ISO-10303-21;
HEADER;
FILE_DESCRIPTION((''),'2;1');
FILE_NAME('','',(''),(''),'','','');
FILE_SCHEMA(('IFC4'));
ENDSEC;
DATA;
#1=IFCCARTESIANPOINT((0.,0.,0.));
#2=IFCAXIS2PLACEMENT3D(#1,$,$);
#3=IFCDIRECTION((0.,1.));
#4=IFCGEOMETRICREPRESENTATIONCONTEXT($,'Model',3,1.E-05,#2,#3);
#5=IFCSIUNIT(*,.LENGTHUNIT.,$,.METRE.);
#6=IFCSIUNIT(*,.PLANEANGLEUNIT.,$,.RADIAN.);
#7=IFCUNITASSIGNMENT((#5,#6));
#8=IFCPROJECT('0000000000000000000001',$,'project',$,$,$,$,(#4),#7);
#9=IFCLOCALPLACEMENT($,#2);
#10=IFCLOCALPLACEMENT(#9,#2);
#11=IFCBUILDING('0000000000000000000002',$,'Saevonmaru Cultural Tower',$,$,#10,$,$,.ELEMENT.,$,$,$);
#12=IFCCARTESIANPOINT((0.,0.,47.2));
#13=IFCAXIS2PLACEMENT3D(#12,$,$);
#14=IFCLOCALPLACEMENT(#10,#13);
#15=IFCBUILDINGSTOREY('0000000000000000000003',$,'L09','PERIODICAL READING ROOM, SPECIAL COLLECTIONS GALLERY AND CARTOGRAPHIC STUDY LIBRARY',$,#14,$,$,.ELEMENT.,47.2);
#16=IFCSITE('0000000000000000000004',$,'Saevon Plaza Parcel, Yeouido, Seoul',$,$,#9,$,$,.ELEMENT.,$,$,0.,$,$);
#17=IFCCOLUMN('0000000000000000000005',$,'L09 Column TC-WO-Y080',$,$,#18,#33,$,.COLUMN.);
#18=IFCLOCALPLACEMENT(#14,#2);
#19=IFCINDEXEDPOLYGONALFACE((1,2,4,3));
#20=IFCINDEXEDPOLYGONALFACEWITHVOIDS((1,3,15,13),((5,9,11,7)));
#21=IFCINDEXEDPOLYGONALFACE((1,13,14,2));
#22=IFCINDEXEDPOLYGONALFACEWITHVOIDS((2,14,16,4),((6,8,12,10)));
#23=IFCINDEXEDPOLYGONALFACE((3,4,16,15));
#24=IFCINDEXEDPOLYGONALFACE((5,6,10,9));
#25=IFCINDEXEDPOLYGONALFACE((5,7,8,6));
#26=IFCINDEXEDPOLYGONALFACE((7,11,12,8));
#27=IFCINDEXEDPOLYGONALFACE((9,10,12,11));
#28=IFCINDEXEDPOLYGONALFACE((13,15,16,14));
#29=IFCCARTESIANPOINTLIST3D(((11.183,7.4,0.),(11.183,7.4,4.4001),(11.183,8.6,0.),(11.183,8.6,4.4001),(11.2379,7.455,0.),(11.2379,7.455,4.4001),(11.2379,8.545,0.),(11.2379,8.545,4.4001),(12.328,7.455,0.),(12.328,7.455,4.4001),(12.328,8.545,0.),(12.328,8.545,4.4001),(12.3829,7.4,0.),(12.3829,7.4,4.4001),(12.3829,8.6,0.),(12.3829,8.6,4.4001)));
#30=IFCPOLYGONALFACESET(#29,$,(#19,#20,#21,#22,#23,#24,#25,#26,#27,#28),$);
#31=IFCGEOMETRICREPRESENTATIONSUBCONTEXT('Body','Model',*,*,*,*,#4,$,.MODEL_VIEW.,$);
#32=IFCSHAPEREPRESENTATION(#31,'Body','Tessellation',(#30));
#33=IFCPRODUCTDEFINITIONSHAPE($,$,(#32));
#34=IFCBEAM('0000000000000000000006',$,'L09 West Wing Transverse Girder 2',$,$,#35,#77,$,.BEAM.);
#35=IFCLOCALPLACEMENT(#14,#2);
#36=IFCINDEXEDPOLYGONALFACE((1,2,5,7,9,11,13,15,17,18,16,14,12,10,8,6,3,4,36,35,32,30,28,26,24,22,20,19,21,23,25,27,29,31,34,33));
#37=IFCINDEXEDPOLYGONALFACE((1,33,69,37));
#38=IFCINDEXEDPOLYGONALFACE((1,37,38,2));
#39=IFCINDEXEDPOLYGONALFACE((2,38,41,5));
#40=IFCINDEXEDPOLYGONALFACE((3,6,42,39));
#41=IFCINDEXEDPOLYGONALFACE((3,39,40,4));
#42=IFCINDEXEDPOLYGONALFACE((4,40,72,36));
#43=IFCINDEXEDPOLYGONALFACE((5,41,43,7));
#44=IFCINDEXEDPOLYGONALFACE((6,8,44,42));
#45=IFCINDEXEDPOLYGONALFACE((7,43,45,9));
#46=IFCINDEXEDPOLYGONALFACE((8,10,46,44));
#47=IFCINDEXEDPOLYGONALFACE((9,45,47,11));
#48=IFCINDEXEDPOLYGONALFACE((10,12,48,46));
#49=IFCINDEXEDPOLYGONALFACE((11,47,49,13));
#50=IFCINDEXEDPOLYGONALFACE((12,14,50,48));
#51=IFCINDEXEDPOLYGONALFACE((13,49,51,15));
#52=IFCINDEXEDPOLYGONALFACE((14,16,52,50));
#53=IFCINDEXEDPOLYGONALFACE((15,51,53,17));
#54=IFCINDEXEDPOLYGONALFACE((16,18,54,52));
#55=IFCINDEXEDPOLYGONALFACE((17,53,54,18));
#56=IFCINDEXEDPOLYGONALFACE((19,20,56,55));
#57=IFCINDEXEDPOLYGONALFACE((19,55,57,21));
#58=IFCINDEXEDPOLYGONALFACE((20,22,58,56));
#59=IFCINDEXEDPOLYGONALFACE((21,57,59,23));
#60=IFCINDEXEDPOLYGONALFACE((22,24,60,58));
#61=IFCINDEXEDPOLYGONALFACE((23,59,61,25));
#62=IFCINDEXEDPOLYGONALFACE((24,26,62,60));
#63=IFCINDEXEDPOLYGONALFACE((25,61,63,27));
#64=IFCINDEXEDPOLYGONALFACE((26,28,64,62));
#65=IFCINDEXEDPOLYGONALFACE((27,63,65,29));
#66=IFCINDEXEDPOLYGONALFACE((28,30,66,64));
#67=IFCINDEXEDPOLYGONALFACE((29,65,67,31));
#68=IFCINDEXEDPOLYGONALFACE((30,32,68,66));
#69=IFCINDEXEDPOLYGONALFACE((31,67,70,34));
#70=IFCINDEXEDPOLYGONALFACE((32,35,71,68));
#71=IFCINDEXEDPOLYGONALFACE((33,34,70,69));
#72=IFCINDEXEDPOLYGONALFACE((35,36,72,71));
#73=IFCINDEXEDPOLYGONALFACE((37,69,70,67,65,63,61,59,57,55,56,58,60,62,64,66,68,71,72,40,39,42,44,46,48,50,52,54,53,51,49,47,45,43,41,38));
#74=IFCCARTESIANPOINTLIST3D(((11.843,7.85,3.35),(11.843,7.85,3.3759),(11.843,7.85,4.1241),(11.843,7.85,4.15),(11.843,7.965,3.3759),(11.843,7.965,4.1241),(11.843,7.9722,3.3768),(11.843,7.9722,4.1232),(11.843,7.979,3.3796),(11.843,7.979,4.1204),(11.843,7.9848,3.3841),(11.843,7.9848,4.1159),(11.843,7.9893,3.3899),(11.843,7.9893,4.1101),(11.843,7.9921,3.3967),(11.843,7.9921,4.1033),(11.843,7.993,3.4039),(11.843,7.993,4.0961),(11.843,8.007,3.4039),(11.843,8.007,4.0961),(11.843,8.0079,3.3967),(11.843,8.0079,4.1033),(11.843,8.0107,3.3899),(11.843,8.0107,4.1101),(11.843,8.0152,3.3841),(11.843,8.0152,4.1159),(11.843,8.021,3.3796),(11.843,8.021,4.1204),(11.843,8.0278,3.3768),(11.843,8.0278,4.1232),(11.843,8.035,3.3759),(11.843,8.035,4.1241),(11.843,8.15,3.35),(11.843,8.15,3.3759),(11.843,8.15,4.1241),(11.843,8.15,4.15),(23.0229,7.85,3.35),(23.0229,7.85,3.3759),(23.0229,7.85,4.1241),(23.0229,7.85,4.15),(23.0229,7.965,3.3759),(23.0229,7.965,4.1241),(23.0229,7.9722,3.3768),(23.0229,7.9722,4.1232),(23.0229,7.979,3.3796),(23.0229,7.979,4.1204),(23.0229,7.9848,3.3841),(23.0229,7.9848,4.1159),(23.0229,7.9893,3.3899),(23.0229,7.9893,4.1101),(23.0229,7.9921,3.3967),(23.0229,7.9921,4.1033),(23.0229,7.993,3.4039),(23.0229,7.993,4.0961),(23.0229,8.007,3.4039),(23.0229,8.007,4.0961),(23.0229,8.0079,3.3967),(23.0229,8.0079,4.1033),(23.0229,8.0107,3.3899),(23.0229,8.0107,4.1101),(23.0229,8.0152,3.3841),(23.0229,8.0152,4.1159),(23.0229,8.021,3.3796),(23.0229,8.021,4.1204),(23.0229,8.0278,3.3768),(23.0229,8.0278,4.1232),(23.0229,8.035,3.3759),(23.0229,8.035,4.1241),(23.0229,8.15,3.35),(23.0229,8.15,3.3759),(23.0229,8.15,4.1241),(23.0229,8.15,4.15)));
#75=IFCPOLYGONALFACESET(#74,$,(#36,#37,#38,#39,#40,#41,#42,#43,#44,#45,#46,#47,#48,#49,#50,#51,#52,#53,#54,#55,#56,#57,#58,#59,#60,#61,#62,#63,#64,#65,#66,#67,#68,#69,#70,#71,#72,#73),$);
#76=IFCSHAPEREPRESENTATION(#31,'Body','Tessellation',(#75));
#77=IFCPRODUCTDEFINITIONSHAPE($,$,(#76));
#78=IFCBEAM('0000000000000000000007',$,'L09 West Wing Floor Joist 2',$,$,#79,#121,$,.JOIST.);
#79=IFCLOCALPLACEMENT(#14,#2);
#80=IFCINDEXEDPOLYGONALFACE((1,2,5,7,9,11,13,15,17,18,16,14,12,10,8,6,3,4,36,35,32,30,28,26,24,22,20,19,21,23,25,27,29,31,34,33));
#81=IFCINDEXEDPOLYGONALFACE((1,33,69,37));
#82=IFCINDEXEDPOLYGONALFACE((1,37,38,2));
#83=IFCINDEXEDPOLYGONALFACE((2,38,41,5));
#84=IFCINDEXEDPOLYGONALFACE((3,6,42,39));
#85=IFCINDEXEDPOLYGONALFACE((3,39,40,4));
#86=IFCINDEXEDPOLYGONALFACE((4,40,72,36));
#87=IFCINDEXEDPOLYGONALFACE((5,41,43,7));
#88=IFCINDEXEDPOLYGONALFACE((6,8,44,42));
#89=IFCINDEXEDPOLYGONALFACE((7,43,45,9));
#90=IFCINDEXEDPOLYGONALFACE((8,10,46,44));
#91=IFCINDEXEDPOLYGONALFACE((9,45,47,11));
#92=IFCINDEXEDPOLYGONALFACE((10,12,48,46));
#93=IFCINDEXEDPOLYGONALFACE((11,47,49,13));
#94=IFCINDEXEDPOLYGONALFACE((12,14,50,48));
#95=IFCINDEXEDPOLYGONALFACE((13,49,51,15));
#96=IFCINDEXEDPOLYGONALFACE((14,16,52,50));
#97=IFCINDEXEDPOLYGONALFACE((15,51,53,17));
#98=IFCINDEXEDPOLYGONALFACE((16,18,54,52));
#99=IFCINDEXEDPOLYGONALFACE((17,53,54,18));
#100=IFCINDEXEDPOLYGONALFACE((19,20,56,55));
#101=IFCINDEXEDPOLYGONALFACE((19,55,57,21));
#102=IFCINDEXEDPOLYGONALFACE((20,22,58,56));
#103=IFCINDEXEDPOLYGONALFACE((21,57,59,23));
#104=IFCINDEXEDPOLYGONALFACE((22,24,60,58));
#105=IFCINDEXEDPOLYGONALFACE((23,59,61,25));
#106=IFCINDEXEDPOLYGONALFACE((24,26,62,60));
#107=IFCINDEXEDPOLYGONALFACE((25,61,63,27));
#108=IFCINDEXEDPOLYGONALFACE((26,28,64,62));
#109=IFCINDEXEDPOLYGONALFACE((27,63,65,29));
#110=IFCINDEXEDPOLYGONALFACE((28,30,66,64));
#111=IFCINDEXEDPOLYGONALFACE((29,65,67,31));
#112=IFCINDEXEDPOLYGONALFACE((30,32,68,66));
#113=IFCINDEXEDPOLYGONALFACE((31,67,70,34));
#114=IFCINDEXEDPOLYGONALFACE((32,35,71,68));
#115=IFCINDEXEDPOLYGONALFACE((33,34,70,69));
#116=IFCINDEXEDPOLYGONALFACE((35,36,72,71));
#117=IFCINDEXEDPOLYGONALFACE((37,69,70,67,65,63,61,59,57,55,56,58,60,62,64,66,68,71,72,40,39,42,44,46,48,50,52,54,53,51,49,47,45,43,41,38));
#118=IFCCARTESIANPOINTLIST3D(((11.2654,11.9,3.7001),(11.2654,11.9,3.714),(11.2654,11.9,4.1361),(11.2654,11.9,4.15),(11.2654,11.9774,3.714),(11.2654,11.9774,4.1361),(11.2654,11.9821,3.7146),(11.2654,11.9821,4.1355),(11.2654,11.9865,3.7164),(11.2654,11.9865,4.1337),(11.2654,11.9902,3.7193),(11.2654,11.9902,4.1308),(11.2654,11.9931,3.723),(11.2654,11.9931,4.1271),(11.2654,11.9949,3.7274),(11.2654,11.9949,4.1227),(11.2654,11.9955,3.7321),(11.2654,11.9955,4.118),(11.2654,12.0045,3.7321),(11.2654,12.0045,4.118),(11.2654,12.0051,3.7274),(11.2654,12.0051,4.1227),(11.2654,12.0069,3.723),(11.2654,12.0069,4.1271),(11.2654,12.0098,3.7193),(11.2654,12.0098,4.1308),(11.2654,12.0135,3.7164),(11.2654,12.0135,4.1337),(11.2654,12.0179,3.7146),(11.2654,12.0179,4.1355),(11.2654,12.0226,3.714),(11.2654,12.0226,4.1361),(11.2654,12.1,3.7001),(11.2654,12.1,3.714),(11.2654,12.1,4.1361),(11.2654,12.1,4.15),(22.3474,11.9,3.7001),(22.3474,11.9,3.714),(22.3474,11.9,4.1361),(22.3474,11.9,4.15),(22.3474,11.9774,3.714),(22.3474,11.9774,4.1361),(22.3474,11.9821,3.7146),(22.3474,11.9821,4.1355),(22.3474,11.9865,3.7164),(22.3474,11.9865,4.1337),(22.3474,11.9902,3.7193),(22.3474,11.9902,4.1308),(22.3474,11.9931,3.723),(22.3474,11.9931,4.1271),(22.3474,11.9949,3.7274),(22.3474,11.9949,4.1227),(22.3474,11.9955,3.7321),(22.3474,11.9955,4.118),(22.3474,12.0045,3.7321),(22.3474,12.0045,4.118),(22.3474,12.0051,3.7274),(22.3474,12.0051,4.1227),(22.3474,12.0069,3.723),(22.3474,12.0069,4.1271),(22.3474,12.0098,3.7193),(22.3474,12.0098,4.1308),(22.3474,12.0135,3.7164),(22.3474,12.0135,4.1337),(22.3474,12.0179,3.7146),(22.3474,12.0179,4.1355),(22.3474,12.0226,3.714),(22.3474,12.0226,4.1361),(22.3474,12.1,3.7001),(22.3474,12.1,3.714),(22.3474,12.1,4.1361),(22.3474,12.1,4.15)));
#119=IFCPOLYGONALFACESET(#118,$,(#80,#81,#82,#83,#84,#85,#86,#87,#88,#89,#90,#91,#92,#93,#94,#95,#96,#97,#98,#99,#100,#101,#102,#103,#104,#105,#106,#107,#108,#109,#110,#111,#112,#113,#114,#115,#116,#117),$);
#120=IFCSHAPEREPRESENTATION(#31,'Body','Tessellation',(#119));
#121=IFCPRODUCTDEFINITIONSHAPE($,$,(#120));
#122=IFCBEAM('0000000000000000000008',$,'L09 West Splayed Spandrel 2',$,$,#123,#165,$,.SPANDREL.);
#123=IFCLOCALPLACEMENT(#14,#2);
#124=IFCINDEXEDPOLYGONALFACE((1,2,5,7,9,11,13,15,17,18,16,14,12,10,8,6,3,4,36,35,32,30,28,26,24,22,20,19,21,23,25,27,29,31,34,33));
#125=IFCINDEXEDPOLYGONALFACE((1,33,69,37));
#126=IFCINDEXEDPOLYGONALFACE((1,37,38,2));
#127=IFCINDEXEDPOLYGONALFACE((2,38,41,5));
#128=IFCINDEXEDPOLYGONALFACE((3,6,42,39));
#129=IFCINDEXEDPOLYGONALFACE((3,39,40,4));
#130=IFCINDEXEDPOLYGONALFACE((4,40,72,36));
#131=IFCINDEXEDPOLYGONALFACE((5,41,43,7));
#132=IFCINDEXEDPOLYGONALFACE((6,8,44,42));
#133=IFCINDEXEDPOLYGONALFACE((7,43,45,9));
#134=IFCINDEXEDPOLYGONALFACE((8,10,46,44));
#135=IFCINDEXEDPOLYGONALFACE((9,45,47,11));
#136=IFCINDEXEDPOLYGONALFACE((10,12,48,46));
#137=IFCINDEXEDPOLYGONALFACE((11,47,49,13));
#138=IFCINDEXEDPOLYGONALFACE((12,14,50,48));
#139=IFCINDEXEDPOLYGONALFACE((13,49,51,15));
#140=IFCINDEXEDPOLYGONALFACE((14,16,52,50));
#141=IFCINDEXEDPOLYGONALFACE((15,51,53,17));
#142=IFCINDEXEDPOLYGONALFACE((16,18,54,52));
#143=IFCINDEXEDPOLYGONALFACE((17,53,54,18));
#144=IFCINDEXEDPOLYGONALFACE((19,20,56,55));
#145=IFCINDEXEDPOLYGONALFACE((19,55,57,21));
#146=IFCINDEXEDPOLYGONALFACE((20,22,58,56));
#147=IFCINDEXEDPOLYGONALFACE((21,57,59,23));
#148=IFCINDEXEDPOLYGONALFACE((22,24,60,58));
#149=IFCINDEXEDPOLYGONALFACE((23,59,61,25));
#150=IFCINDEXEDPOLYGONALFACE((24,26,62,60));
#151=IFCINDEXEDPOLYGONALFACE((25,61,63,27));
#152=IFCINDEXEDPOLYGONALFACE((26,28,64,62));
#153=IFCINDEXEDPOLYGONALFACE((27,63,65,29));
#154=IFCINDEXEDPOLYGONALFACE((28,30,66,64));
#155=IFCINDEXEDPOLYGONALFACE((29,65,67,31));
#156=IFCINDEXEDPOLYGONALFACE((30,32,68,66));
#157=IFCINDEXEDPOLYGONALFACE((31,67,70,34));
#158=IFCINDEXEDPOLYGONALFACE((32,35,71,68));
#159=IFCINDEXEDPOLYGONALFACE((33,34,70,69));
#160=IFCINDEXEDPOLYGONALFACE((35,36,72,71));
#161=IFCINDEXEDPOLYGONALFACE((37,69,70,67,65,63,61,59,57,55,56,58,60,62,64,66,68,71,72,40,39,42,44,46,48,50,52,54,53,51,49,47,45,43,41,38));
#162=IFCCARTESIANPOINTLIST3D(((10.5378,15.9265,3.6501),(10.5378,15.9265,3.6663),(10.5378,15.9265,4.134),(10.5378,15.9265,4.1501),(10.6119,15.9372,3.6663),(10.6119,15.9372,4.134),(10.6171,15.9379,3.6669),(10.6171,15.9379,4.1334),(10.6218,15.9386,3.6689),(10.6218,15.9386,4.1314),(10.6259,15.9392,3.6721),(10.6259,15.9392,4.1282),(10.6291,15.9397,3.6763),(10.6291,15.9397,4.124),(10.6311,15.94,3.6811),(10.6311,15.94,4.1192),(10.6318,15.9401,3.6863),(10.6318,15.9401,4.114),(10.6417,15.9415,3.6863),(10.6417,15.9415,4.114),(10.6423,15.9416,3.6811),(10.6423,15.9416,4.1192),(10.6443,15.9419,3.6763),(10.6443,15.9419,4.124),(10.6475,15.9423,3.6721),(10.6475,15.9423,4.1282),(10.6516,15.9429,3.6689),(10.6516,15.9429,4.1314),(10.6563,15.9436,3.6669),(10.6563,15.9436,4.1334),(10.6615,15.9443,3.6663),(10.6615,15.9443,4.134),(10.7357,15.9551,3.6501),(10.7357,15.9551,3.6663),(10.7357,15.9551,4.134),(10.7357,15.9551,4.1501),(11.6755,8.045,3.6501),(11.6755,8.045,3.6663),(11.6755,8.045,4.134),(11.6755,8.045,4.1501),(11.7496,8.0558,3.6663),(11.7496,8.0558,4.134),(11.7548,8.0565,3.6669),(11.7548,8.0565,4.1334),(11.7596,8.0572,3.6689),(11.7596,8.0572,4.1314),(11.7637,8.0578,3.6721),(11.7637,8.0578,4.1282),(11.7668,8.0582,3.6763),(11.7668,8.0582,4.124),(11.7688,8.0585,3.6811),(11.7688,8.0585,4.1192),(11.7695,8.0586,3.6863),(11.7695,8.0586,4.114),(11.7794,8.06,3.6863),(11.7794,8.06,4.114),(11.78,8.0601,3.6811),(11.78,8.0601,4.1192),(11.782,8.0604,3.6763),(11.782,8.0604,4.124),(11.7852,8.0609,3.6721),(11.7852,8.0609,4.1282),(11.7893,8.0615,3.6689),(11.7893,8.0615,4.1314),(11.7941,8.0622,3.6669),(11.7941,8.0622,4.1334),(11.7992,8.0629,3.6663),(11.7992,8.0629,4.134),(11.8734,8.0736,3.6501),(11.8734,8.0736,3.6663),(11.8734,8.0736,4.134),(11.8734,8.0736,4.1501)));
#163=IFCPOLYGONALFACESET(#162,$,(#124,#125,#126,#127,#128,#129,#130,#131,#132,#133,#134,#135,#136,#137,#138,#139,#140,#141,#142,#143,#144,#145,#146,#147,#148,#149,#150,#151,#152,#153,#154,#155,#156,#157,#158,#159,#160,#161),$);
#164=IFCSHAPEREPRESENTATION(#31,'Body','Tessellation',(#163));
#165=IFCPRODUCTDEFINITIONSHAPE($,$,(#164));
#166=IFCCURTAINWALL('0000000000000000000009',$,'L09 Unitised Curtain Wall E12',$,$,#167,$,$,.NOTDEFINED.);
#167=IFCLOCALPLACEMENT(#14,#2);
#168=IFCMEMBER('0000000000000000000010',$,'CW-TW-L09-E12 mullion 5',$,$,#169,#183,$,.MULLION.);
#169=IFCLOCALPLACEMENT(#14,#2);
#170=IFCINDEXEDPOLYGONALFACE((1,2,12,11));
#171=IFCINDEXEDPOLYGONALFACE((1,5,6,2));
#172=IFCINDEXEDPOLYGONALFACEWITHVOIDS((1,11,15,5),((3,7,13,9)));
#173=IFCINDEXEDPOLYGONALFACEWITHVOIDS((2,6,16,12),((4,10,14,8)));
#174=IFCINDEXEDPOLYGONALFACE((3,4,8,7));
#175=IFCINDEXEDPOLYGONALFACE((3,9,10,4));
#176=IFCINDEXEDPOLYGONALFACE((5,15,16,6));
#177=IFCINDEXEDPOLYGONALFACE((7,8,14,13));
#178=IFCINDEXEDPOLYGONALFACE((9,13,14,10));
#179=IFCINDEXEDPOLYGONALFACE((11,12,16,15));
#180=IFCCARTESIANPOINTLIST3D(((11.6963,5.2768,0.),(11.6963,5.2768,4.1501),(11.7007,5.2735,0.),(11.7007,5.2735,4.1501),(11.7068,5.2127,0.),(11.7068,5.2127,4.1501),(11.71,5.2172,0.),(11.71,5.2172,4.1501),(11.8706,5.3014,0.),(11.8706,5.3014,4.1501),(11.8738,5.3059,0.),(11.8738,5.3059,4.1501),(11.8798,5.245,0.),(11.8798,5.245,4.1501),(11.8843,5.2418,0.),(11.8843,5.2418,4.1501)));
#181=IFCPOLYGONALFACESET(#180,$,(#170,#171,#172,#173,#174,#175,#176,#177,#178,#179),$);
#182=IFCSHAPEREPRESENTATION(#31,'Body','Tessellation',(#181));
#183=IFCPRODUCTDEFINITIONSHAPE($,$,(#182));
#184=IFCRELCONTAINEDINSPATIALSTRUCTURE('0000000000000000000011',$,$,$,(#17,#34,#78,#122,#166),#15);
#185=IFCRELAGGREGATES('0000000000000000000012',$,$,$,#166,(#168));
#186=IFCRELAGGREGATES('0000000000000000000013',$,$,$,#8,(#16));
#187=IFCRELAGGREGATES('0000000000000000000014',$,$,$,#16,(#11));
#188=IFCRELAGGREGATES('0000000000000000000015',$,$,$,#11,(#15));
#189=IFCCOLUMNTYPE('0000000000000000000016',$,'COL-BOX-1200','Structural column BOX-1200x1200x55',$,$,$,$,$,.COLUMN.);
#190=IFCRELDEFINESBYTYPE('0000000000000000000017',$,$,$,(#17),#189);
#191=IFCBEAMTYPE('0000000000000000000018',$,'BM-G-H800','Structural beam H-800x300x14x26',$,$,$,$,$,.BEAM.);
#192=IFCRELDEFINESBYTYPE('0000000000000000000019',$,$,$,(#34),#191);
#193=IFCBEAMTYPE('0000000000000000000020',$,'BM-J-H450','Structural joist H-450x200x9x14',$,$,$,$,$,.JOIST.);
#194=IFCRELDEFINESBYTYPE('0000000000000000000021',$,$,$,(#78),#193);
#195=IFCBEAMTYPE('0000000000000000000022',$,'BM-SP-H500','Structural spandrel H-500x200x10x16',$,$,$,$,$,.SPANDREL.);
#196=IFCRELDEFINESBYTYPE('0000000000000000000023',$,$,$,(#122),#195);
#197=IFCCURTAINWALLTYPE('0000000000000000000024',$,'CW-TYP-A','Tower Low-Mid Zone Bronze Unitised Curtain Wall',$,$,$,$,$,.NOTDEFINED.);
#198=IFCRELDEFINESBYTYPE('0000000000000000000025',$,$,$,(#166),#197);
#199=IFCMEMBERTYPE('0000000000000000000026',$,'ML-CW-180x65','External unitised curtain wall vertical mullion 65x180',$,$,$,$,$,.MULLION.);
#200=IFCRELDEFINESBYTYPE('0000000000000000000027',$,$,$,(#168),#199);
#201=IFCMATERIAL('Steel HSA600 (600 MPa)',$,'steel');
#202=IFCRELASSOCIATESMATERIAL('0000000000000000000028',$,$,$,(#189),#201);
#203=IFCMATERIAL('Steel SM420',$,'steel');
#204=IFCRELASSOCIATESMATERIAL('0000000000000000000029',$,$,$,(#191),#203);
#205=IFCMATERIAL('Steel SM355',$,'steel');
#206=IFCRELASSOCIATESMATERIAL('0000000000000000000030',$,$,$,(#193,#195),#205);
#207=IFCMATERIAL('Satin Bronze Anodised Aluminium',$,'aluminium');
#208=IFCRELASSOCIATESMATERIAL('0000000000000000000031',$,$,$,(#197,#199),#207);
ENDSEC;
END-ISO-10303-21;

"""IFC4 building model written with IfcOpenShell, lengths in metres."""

from ifc_helpers import new_model, si_unit, direction, frame, origin, origin_2d, place, context, subcontext, project, spatial, hollow_rectangle, i_section, extrude, material, material_profile, profile_set, type_object, element, aggregate, save


model = new_model("IFC4")

# Units and contexts
model_context = context("Model", 3, precision=1e-05, world=origin(), true_north=direction((0.0, 1.0)))
body_context = subcontext(model_context, "Body", "Model", "MODEL_VIEW")
ifc_project = project(units=[si_unit("LENGTHUNIT", "METRE"), si_unit("PLANEANGLEUNIT", "RADIAN")], contexts=[model_context])

# Site, building, storey
site_placement = place(None, origin())
site = spatial("IfcSite", under=ifc_project, at=site_placement, Name="Saevon Plaza Parcel, Yeouido, Seoul", CompositionType="ELEMENT", RefElevation=0.0)
building_placement = place(site_placement, origin())
building = spatial("IfcBuilding", under=site, at=building_placement, Name="Saevonmaru Cultural Tower", CompositionType="ELEMENT")
storey_placement = place(building_placement, frame((0.0, 0.0, 47.2)))
storey = spatial("IfcBuildingStorey", under=building, at=storey_placement, Name="L09", Description="PERIODICAL READING ROOM, SPECIAL COLLECTIONS GALLERY AND CARTOGRAPHIC STUDY LIBRARY", CompositionType="ELEMENT", Elevation=47.2)

# Column
ifc_material_1 = material(Name="Steel HSA600 (600 MPa)", Category="steel")
ifc_material_profile_1 = material_profile(ifc_material_1, hollow_rectangle(XDim=1.2, YDim=1.2, WallThickness=0.0549, at=origin_2d()), Name="BOX-1200x1200x55")
ifc_profile_set_1 = profile_set([ifc_material_profile_1], Name="Steel HSA600 (600 MPa)")
column_type = type_object("IfcColumnType", Name="COL-BOX-1200", Description="Structural column BOX-1200x1200x55", PredefinedType="COLUMN", material=ifc_profile_set_1)
column_placement = place(storey_placement, frame((11.783, 8.0, 0.0), z_axis=(0.0, 0.0, 1.0), x_axis=(1.0, 0.0, 0.0)))
element("IfcColumn", 1, at=column_placement, inside=storey, type_object=column_type, Name="L09 Column TC-WO-Y080", PredefinedType="COLUMN", context=body_context, shape_type="SweptSolid", body=[
    extrude(hollow_rectangle(XDim=1.2, YDim=1.2, WallThickness=0.0549, at=origin_2d()), origin(), (0.0, 0.0, 1.0), 4.4001),
])

# Beams
ifc_material_2 = material(Name="Steel SM420", Category="steel")
ifc_material_profile_2 = material_profile(ifc_material_2, i_section(OverallWidth=0.3, OverallDepth=0.8, WebThickness=0.0139, FlangeThickness=0.0259, FilletRadius=0.0281, at=origin_2d()), Name="H-800x300x14x26")
ifc_profile_set_2 = profile_set([ifc_material_profile_2], Name="Steel SM420")
beam_type_1 = type_object("IfcBeamType", Name="BM-G-H800", Description="Structural beam H-800x300x14x26", PredefinedType="BEAM", material=ifc_profile_set_2)
beam_1_placement = place(storey_placement, frame((11.843, 8.0, 3.75), z_axis=(1.0, 0.0, 0.0), x_axis=(0.0, 1.0, 0.0)))
element("IfcBeam", 2, at=beam_1_placement, inside=storey, type_object=beam_type_1, Name="L09 West Wing Transverse Girder 2", PredefinedType="BEAM", context=body_context, shape_type="SweptSolid", body=[
    extrude(i_section(OverallWidth=0.3, OverallDepth=0.8, WebThickness=0.0139, FlangeThickness=0.0259, FilletRadius=0.0281, at=origin_2d()), origin(), (0.0, 0.0, 1.0), 11.1799),
])
ifc_material_3 = material(Name="Steel SM355", Category="steel")
ifc_material_profile_3 = material_profile(ifc_material_3, i_section(OverallWidth=0.2, OverallDepth=0.45, WebThickness=0.009, FlangeThickness=0.0139, FilletRadius=0.0181, at=origin_2d()), Name="H-450x200x9x14")
ifc_profile_set_3 = profile_set([ifc_material_profile_3], Name="Steel SM355")
beam_type_2 = type_object("IfcBeamType", Name="BM-J-H450", Description="Structural joist H-450x200x9x14", PredefinedType="JOIST", material=ifc_profile_set_3)
beam_2_placement = place(storey_placement, frame((11.2654, 12.0, 3.925), z_axis=(1.0, 0.0, 0.0), x_axis=(0.0, 1.0, 0.0)))
element("IfcBeam", 3, at=beam_2_placement, inside=storey, type_object=beam_type_2, Name="L09 West Wing Floor Joist 2", PredefinedType="JOIST", context=body_context, shape_type="SweptSolid", body=[
    extrude(i_section(OverallWidth=0.2, OverallDepth=0.45, WebThickness=0.009, FlangeThickness=0.0139, FilletRadius=0.0181, at=origin_2d()), origin(), (0.0, 0.0, 1.0), 11.082),
])
ifc_material_profile_4 = material_profile(ifc_material_3, i_section(OverallWidth=0.2, OverallDepth=0.5, WebThickness=0.01, FlangeThickness=0.0161, FilletRadius=0.02, at=origin_2d()), Name="H-500x200x10x16")
ifc_profile_set_4 = profile_set([ifc_material_profile_4], Name="Steel SM355")
beam_type_3 = type_object("IfcBeamType", Name="BM-SP-H500", Description="Structural spandrel H-500x200x10x16", PredefinedType="SPANDREL", material=ifc_profile_set_4)
beam_3_placement = place(storey_placement, frame((11.7744, 8.0593, 3.9001), z_axis=(-0.142872, 0.989741, 0.0), x_axis=(-0.989741, -0.142872, 0.0)))
element("IfcBeam", 4, at=beam_3_placement, inside=storey, type_object=beam_type_3, Name="L09 West Splayed Spandrel 2", PredefinedType="SPANDREL", context=body_context, shape_type="SweptSolid", body=[
    extrude(i_section(OverallWidth=0.2, OverallDepth=0.5, WebThickness=0.01, FlangeThickness=0.0161, FilletRadius=0.02, at=origin_2d()), origin(), (0.0, 0.0, 1.0), 7.9631),
])

# Curtain wall, member
ifc_material_4 = material(Name="Satin Bronze Anodised Aluminium", Category="aluminium")
curtain_wall_type = type_object("IfcCurtainWallType", Name="CW-TYP-A", Description="Tower Low-Mid Zone Bronze Unitised Curtain Wall", PredefinedType="NOTDEFINED", material=ifc_material_4)
curtain_wall_placement = place(storey_placement, origin())
curtain_wall = element("IfcCurtainWall", 5, at=curtain_wall_placement, inside=storey, type_object=curtain_wall_type, Name="L09 Unitised Curtain Wall E12", PredefinedType="NOTDEFINED")
ifc_material_profile_5 = material_profile(ifc_material_4, hollow_rectangle(XDim=0.0649, YDim=0.1799, WallThickness=0.0039, at=origin_2d()), Name="ALU-MULL-180x65x4")
ifc_profile_set_5 = profile_set([ifc_material_profile_5], Name="Satin Bronze Anodised Aluminium")
member_type = type_object("IfcMemberType", Name="ML-CW-180x65", Description="External unitised curtain wall vertical mullion 65x180", PredefinedType="MULLION", material=ifc_profile_set_5)
member_placement = place(storey_placement, frame((11.7903, 5.2593, 0.0), z_axis=(0.0, 0.0, 1.0), x_axis=(0.161709, -0.986839, 0.0)))
member = element("IfcMember", 6, at=member_placement, type_object=member_type, Name="CW-TW-L09-E12 mullion 5", PredefinedType="MULLION", context=body_context, shape_type="SweptSolid", body=[
    extrude(hollow_rectangle(XDim=0.0649, YDim=0.1799, WallThickness=0.0039, at=origin_2d()), origin(), (0.0, 0.0, 1.0), 4.1501),
])
aggregate(curtain_wall, [member])

save(model, "model.ifc")
